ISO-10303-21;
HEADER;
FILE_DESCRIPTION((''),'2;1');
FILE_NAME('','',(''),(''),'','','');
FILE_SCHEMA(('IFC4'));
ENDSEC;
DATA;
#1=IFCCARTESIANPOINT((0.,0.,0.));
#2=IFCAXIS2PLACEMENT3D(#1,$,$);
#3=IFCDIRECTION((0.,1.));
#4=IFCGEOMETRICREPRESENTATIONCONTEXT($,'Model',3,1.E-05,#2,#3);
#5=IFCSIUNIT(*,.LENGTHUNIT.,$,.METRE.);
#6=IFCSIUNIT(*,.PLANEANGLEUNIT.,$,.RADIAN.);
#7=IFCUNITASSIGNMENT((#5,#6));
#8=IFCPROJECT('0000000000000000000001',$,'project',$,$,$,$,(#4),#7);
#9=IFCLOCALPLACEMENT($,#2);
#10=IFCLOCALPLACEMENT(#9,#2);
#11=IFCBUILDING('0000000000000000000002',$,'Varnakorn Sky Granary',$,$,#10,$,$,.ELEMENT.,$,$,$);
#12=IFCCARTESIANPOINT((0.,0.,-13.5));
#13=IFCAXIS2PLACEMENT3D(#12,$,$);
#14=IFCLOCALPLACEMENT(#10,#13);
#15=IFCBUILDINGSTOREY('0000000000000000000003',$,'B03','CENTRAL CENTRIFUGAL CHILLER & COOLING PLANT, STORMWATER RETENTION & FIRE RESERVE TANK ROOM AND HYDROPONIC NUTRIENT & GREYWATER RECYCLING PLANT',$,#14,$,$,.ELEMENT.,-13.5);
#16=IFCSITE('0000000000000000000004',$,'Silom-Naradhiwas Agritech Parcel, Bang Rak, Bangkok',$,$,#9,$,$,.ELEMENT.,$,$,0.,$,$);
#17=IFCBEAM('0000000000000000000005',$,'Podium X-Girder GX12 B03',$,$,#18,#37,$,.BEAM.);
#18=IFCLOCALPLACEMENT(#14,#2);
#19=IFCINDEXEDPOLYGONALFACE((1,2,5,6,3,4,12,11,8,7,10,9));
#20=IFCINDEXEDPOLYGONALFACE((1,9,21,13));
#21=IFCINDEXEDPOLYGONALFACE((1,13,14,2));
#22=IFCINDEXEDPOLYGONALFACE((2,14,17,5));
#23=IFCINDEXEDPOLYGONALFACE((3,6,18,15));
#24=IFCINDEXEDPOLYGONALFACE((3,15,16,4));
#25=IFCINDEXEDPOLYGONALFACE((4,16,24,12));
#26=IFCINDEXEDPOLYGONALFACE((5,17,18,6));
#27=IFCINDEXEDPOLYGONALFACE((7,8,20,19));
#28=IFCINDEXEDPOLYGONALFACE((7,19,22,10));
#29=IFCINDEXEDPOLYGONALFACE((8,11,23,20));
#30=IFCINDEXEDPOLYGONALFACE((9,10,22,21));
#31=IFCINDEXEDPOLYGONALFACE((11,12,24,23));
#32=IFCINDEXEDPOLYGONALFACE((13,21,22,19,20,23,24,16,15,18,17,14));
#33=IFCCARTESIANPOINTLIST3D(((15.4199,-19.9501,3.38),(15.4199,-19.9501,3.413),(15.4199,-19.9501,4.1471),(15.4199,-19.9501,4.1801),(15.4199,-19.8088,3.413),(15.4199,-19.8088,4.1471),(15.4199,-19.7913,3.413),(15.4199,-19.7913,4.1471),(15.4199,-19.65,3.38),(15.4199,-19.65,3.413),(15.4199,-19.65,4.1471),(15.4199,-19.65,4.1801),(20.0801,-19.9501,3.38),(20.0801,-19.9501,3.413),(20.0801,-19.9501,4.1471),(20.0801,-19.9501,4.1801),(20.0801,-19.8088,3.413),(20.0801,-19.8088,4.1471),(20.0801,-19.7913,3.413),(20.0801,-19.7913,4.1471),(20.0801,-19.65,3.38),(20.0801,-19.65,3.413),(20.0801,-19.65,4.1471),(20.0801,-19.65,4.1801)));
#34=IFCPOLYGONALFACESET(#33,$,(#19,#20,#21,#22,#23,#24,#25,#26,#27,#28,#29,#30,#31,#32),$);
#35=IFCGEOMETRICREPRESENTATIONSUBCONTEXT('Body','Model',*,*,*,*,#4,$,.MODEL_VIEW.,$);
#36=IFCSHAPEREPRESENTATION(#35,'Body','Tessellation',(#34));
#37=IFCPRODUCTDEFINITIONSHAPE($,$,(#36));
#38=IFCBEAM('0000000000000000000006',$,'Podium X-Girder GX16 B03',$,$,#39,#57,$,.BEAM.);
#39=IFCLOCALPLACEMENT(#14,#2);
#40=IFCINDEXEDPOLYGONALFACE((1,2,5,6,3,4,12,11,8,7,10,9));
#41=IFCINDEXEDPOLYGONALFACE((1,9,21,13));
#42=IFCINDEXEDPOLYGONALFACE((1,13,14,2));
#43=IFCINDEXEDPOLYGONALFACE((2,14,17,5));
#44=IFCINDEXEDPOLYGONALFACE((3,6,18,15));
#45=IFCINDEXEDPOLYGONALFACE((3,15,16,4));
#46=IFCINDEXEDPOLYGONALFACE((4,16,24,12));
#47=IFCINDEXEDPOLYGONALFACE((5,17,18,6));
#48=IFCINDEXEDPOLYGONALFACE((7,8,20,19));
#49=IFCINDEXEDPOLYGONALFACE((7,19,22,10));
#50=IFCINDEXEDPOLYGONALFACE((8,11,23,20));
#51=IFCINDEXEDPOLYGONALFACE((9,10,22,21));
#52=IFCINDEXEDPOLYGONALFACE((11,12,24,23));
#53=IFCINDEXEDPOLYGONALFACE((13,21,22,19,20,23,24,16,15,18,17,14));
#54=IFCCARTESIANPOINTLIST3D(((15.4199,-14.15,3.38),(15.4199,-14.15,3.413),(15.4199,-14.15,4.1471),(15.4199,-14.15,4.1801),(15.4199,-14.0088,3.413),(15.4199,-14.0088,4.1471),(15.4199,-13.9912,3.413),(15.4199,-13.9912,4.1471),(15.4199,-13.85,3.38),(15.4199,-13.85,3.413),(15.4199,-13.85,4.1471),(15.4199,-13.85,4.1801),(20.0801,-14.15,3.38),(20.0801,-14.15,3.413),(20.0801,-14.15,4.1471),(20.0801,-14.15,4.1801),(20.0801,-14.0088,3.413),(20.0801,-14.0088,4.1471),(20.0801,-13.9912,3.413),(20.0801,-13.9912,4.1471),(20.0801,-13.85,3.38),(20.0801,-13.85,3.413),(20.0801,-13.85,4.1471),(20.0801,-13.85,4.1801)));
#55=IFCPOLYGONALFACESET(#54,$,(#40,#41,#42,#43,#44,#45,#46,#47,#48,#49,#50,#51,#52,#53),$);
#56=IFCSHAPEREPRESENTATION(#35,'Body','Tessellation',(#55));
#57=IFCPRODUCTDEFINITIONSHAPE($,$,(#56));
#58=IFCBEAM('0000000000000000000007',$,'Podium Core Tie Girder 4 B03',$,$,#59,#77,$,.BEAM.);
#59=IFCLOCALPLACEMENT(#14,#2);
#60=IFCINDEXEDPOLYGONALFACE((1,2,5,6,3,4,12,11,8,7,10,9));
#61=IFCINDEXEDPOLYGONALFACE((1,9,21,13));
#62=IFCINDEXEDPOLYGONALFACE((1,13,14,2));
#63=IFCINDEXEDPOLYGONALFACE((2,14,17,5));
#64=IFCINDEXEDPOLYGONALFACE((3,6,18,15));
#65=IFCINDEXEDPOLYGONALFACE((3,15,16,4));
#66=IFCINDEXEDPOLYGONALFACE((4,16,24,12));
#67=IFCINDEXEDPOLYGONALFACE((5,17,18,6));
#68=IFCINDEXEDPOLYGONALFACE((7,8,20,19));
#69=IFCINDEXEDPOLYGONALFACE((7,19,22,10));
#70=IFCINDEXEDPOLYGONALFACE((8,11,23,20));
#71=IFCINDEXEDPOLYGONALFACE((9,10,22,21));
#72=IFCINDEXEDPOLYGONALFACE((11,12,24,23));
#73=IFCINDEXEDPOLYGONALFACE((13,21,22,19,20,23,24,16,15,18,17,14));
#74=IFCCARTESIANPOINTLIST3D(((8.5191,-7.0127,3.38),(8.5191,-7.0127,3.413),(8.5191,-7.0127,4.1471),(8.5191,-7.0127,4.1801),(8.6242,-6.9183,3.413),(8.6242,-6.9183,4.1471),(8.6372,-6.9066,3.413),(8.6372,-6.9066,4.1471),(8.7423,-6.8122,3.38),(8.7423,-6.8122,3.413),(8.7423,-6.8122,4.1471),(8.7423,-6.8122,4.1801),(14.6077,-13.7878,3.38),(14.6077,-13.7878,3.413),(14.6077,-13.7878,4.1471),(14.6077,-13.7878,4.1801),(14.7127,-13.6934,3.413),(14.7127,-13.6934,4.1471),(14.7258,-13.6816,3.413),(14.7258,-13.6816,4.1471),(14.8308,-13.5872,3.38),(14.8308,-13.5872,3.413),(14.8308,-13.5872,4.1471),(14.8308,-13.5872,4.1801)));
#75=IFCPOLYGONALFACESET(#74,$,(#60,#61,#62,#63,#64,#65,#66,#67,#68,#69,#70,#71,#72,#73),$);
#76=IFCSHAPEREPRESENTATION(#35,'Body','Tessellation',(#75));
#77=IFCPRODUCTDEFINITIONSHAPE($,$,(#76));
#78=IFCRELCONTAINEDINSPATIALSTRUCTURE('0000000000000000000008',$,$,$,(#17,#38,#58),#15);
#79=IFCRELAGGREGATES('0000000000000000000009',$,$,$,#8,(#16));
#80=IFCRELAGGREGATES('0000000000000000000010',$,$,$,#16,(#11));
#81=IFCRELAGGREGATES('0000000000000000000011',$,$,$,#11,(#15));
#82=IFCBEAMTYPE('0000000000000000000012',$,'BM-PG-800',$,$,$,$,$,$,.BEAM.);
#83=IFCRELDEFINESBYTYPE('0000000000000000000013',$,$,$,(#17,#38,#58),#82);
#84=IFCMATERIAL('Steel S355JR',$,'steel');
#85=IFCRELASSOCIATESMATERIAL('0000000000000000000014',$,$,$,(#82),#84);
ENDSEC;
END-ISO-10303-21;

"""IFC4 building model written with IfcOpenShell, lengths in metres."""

from ifc_helpers import new_model, si_unit, direction, frame, origin, origin_2d, place, context, subcontext, project, spatial, i_section, extrude, material, material_profile, profile_set, type_object, element, save


model = new_model("IFC4")

# Units and contexts
model_context = context("Model", 3, precision=1e-05, world=origin(), true_north=direction((0.0, 1.0)))
body_context = subcontext(model_context, "Body", "Model", "MODEL_VIEW")
ifc_project = project(units=[si_unit("LENGTHUNIT", "METRE"), si_unit("PLANEANGLEUNIT", "RADIAN")], contexts=[model_context])

# Site, building, storey
site_placement = place(None, origin())
site = spatial("IfcSite", under=ifc_project, at=site_placement, Name="Silom-Naradhiwas Agritech Parcel, Bang Rak, Bangkok", CompositionType="ELEMENT", RefElevation=0.0)
building_placement = place(site_placement, origin())
building = spatial("IfcBuilding", under=site, at=building_placement, Name="Varnakorn Sky Granary", CompositionType="ELEMENT")
storey_placement = place(building_placement, frame((0.0, 0.0, -13.5)))
storey = spatial("IfcBuildingStorey", under=building, at=storey_placement, Name="B03", Description="CENTRAL CENTRIFUGAL CHILLER & COOLING PLANT, STORMWATER RETENTION & FIRE RESERVE TANK ROOM AND HYDROPONIC NUTRIENT & GREYWATER RECYCLING PLANT", CompositionType="ELEMENT", Elevation=-13.5)

# Beams
ifc_material_1 = material(Name="Steel S355JR", Category="steel")
ifc_material_profile_1 = material_profile(ifc_material_1, i_section(OverallWidth=0.3, OverallDepth=0.8, WebThickness=0.0176, FlangeThickness=0.033, at=origin_2d()), Name="HE 800 B")
ifc_profile_set_1 = profile_set([ifc_material_profile_1], Name="Steel S355JR")
beam_type_1 = type_object("IfcBeamType", Name="BM-PG-800", PredefinedType="BEAM", material=ifc_profile_set_1)
for number, where, z_axis, x_axis, name in (
    (1, (15.4199, -19.8, 3.78), (1.0, 0.0, 0.0), (0.0, 1.0, 0.0), "Podium X-Girder GX12 B03"),
    (2, (15.4199, -14.0, 3.78), (1.0, 0.0, 0.0), (0.0, 1.0, 0.0), "Podium X-Girder GX16 B03"),
):
    element("IfcBeam", number, at=place(storey_placement, frame(where, z_axis=z_axis, x_axis=x_axis)), inside=storey, type_object=beam_type_1, Name=name, PredefinedType="BEAM", context=body_context, shape_type="SweptSolid", body=[
        extrude(i_section(OverallWidth=0.3, OverallDepth=0.8, WebThickness=0.0176, FlangeThickness=0.033, at=origin_2d()), origin(), (0.0, 0.0, 1.0), 4.6602),
    ])
beam_1_placement = place(storey_placement, frame((14.7192, -13.6875, 3.78), z_axis=(-0.668418, 0.743786, 0.0), x_axis=(-0.743786, -0.668418, 0.0)))
element("IfcBeam", 3, at=beam_1_placement, inside=storey, type_object=beam_type_1, Name="Podium Core Tie Girder 4 B03", PredefinedType="BEAM", context=body_context, shape_type="SweptSolid", body=[
    extrude(i_section(OverallWidth=0.3, OverallDepth=0.8, WebThickness=0.0176, FlangeThickness=0.033, at=origin_2d()), origin(), (0.0, 0.0, 1.0), 9.1089),
])

save(model, "model.ifc")
